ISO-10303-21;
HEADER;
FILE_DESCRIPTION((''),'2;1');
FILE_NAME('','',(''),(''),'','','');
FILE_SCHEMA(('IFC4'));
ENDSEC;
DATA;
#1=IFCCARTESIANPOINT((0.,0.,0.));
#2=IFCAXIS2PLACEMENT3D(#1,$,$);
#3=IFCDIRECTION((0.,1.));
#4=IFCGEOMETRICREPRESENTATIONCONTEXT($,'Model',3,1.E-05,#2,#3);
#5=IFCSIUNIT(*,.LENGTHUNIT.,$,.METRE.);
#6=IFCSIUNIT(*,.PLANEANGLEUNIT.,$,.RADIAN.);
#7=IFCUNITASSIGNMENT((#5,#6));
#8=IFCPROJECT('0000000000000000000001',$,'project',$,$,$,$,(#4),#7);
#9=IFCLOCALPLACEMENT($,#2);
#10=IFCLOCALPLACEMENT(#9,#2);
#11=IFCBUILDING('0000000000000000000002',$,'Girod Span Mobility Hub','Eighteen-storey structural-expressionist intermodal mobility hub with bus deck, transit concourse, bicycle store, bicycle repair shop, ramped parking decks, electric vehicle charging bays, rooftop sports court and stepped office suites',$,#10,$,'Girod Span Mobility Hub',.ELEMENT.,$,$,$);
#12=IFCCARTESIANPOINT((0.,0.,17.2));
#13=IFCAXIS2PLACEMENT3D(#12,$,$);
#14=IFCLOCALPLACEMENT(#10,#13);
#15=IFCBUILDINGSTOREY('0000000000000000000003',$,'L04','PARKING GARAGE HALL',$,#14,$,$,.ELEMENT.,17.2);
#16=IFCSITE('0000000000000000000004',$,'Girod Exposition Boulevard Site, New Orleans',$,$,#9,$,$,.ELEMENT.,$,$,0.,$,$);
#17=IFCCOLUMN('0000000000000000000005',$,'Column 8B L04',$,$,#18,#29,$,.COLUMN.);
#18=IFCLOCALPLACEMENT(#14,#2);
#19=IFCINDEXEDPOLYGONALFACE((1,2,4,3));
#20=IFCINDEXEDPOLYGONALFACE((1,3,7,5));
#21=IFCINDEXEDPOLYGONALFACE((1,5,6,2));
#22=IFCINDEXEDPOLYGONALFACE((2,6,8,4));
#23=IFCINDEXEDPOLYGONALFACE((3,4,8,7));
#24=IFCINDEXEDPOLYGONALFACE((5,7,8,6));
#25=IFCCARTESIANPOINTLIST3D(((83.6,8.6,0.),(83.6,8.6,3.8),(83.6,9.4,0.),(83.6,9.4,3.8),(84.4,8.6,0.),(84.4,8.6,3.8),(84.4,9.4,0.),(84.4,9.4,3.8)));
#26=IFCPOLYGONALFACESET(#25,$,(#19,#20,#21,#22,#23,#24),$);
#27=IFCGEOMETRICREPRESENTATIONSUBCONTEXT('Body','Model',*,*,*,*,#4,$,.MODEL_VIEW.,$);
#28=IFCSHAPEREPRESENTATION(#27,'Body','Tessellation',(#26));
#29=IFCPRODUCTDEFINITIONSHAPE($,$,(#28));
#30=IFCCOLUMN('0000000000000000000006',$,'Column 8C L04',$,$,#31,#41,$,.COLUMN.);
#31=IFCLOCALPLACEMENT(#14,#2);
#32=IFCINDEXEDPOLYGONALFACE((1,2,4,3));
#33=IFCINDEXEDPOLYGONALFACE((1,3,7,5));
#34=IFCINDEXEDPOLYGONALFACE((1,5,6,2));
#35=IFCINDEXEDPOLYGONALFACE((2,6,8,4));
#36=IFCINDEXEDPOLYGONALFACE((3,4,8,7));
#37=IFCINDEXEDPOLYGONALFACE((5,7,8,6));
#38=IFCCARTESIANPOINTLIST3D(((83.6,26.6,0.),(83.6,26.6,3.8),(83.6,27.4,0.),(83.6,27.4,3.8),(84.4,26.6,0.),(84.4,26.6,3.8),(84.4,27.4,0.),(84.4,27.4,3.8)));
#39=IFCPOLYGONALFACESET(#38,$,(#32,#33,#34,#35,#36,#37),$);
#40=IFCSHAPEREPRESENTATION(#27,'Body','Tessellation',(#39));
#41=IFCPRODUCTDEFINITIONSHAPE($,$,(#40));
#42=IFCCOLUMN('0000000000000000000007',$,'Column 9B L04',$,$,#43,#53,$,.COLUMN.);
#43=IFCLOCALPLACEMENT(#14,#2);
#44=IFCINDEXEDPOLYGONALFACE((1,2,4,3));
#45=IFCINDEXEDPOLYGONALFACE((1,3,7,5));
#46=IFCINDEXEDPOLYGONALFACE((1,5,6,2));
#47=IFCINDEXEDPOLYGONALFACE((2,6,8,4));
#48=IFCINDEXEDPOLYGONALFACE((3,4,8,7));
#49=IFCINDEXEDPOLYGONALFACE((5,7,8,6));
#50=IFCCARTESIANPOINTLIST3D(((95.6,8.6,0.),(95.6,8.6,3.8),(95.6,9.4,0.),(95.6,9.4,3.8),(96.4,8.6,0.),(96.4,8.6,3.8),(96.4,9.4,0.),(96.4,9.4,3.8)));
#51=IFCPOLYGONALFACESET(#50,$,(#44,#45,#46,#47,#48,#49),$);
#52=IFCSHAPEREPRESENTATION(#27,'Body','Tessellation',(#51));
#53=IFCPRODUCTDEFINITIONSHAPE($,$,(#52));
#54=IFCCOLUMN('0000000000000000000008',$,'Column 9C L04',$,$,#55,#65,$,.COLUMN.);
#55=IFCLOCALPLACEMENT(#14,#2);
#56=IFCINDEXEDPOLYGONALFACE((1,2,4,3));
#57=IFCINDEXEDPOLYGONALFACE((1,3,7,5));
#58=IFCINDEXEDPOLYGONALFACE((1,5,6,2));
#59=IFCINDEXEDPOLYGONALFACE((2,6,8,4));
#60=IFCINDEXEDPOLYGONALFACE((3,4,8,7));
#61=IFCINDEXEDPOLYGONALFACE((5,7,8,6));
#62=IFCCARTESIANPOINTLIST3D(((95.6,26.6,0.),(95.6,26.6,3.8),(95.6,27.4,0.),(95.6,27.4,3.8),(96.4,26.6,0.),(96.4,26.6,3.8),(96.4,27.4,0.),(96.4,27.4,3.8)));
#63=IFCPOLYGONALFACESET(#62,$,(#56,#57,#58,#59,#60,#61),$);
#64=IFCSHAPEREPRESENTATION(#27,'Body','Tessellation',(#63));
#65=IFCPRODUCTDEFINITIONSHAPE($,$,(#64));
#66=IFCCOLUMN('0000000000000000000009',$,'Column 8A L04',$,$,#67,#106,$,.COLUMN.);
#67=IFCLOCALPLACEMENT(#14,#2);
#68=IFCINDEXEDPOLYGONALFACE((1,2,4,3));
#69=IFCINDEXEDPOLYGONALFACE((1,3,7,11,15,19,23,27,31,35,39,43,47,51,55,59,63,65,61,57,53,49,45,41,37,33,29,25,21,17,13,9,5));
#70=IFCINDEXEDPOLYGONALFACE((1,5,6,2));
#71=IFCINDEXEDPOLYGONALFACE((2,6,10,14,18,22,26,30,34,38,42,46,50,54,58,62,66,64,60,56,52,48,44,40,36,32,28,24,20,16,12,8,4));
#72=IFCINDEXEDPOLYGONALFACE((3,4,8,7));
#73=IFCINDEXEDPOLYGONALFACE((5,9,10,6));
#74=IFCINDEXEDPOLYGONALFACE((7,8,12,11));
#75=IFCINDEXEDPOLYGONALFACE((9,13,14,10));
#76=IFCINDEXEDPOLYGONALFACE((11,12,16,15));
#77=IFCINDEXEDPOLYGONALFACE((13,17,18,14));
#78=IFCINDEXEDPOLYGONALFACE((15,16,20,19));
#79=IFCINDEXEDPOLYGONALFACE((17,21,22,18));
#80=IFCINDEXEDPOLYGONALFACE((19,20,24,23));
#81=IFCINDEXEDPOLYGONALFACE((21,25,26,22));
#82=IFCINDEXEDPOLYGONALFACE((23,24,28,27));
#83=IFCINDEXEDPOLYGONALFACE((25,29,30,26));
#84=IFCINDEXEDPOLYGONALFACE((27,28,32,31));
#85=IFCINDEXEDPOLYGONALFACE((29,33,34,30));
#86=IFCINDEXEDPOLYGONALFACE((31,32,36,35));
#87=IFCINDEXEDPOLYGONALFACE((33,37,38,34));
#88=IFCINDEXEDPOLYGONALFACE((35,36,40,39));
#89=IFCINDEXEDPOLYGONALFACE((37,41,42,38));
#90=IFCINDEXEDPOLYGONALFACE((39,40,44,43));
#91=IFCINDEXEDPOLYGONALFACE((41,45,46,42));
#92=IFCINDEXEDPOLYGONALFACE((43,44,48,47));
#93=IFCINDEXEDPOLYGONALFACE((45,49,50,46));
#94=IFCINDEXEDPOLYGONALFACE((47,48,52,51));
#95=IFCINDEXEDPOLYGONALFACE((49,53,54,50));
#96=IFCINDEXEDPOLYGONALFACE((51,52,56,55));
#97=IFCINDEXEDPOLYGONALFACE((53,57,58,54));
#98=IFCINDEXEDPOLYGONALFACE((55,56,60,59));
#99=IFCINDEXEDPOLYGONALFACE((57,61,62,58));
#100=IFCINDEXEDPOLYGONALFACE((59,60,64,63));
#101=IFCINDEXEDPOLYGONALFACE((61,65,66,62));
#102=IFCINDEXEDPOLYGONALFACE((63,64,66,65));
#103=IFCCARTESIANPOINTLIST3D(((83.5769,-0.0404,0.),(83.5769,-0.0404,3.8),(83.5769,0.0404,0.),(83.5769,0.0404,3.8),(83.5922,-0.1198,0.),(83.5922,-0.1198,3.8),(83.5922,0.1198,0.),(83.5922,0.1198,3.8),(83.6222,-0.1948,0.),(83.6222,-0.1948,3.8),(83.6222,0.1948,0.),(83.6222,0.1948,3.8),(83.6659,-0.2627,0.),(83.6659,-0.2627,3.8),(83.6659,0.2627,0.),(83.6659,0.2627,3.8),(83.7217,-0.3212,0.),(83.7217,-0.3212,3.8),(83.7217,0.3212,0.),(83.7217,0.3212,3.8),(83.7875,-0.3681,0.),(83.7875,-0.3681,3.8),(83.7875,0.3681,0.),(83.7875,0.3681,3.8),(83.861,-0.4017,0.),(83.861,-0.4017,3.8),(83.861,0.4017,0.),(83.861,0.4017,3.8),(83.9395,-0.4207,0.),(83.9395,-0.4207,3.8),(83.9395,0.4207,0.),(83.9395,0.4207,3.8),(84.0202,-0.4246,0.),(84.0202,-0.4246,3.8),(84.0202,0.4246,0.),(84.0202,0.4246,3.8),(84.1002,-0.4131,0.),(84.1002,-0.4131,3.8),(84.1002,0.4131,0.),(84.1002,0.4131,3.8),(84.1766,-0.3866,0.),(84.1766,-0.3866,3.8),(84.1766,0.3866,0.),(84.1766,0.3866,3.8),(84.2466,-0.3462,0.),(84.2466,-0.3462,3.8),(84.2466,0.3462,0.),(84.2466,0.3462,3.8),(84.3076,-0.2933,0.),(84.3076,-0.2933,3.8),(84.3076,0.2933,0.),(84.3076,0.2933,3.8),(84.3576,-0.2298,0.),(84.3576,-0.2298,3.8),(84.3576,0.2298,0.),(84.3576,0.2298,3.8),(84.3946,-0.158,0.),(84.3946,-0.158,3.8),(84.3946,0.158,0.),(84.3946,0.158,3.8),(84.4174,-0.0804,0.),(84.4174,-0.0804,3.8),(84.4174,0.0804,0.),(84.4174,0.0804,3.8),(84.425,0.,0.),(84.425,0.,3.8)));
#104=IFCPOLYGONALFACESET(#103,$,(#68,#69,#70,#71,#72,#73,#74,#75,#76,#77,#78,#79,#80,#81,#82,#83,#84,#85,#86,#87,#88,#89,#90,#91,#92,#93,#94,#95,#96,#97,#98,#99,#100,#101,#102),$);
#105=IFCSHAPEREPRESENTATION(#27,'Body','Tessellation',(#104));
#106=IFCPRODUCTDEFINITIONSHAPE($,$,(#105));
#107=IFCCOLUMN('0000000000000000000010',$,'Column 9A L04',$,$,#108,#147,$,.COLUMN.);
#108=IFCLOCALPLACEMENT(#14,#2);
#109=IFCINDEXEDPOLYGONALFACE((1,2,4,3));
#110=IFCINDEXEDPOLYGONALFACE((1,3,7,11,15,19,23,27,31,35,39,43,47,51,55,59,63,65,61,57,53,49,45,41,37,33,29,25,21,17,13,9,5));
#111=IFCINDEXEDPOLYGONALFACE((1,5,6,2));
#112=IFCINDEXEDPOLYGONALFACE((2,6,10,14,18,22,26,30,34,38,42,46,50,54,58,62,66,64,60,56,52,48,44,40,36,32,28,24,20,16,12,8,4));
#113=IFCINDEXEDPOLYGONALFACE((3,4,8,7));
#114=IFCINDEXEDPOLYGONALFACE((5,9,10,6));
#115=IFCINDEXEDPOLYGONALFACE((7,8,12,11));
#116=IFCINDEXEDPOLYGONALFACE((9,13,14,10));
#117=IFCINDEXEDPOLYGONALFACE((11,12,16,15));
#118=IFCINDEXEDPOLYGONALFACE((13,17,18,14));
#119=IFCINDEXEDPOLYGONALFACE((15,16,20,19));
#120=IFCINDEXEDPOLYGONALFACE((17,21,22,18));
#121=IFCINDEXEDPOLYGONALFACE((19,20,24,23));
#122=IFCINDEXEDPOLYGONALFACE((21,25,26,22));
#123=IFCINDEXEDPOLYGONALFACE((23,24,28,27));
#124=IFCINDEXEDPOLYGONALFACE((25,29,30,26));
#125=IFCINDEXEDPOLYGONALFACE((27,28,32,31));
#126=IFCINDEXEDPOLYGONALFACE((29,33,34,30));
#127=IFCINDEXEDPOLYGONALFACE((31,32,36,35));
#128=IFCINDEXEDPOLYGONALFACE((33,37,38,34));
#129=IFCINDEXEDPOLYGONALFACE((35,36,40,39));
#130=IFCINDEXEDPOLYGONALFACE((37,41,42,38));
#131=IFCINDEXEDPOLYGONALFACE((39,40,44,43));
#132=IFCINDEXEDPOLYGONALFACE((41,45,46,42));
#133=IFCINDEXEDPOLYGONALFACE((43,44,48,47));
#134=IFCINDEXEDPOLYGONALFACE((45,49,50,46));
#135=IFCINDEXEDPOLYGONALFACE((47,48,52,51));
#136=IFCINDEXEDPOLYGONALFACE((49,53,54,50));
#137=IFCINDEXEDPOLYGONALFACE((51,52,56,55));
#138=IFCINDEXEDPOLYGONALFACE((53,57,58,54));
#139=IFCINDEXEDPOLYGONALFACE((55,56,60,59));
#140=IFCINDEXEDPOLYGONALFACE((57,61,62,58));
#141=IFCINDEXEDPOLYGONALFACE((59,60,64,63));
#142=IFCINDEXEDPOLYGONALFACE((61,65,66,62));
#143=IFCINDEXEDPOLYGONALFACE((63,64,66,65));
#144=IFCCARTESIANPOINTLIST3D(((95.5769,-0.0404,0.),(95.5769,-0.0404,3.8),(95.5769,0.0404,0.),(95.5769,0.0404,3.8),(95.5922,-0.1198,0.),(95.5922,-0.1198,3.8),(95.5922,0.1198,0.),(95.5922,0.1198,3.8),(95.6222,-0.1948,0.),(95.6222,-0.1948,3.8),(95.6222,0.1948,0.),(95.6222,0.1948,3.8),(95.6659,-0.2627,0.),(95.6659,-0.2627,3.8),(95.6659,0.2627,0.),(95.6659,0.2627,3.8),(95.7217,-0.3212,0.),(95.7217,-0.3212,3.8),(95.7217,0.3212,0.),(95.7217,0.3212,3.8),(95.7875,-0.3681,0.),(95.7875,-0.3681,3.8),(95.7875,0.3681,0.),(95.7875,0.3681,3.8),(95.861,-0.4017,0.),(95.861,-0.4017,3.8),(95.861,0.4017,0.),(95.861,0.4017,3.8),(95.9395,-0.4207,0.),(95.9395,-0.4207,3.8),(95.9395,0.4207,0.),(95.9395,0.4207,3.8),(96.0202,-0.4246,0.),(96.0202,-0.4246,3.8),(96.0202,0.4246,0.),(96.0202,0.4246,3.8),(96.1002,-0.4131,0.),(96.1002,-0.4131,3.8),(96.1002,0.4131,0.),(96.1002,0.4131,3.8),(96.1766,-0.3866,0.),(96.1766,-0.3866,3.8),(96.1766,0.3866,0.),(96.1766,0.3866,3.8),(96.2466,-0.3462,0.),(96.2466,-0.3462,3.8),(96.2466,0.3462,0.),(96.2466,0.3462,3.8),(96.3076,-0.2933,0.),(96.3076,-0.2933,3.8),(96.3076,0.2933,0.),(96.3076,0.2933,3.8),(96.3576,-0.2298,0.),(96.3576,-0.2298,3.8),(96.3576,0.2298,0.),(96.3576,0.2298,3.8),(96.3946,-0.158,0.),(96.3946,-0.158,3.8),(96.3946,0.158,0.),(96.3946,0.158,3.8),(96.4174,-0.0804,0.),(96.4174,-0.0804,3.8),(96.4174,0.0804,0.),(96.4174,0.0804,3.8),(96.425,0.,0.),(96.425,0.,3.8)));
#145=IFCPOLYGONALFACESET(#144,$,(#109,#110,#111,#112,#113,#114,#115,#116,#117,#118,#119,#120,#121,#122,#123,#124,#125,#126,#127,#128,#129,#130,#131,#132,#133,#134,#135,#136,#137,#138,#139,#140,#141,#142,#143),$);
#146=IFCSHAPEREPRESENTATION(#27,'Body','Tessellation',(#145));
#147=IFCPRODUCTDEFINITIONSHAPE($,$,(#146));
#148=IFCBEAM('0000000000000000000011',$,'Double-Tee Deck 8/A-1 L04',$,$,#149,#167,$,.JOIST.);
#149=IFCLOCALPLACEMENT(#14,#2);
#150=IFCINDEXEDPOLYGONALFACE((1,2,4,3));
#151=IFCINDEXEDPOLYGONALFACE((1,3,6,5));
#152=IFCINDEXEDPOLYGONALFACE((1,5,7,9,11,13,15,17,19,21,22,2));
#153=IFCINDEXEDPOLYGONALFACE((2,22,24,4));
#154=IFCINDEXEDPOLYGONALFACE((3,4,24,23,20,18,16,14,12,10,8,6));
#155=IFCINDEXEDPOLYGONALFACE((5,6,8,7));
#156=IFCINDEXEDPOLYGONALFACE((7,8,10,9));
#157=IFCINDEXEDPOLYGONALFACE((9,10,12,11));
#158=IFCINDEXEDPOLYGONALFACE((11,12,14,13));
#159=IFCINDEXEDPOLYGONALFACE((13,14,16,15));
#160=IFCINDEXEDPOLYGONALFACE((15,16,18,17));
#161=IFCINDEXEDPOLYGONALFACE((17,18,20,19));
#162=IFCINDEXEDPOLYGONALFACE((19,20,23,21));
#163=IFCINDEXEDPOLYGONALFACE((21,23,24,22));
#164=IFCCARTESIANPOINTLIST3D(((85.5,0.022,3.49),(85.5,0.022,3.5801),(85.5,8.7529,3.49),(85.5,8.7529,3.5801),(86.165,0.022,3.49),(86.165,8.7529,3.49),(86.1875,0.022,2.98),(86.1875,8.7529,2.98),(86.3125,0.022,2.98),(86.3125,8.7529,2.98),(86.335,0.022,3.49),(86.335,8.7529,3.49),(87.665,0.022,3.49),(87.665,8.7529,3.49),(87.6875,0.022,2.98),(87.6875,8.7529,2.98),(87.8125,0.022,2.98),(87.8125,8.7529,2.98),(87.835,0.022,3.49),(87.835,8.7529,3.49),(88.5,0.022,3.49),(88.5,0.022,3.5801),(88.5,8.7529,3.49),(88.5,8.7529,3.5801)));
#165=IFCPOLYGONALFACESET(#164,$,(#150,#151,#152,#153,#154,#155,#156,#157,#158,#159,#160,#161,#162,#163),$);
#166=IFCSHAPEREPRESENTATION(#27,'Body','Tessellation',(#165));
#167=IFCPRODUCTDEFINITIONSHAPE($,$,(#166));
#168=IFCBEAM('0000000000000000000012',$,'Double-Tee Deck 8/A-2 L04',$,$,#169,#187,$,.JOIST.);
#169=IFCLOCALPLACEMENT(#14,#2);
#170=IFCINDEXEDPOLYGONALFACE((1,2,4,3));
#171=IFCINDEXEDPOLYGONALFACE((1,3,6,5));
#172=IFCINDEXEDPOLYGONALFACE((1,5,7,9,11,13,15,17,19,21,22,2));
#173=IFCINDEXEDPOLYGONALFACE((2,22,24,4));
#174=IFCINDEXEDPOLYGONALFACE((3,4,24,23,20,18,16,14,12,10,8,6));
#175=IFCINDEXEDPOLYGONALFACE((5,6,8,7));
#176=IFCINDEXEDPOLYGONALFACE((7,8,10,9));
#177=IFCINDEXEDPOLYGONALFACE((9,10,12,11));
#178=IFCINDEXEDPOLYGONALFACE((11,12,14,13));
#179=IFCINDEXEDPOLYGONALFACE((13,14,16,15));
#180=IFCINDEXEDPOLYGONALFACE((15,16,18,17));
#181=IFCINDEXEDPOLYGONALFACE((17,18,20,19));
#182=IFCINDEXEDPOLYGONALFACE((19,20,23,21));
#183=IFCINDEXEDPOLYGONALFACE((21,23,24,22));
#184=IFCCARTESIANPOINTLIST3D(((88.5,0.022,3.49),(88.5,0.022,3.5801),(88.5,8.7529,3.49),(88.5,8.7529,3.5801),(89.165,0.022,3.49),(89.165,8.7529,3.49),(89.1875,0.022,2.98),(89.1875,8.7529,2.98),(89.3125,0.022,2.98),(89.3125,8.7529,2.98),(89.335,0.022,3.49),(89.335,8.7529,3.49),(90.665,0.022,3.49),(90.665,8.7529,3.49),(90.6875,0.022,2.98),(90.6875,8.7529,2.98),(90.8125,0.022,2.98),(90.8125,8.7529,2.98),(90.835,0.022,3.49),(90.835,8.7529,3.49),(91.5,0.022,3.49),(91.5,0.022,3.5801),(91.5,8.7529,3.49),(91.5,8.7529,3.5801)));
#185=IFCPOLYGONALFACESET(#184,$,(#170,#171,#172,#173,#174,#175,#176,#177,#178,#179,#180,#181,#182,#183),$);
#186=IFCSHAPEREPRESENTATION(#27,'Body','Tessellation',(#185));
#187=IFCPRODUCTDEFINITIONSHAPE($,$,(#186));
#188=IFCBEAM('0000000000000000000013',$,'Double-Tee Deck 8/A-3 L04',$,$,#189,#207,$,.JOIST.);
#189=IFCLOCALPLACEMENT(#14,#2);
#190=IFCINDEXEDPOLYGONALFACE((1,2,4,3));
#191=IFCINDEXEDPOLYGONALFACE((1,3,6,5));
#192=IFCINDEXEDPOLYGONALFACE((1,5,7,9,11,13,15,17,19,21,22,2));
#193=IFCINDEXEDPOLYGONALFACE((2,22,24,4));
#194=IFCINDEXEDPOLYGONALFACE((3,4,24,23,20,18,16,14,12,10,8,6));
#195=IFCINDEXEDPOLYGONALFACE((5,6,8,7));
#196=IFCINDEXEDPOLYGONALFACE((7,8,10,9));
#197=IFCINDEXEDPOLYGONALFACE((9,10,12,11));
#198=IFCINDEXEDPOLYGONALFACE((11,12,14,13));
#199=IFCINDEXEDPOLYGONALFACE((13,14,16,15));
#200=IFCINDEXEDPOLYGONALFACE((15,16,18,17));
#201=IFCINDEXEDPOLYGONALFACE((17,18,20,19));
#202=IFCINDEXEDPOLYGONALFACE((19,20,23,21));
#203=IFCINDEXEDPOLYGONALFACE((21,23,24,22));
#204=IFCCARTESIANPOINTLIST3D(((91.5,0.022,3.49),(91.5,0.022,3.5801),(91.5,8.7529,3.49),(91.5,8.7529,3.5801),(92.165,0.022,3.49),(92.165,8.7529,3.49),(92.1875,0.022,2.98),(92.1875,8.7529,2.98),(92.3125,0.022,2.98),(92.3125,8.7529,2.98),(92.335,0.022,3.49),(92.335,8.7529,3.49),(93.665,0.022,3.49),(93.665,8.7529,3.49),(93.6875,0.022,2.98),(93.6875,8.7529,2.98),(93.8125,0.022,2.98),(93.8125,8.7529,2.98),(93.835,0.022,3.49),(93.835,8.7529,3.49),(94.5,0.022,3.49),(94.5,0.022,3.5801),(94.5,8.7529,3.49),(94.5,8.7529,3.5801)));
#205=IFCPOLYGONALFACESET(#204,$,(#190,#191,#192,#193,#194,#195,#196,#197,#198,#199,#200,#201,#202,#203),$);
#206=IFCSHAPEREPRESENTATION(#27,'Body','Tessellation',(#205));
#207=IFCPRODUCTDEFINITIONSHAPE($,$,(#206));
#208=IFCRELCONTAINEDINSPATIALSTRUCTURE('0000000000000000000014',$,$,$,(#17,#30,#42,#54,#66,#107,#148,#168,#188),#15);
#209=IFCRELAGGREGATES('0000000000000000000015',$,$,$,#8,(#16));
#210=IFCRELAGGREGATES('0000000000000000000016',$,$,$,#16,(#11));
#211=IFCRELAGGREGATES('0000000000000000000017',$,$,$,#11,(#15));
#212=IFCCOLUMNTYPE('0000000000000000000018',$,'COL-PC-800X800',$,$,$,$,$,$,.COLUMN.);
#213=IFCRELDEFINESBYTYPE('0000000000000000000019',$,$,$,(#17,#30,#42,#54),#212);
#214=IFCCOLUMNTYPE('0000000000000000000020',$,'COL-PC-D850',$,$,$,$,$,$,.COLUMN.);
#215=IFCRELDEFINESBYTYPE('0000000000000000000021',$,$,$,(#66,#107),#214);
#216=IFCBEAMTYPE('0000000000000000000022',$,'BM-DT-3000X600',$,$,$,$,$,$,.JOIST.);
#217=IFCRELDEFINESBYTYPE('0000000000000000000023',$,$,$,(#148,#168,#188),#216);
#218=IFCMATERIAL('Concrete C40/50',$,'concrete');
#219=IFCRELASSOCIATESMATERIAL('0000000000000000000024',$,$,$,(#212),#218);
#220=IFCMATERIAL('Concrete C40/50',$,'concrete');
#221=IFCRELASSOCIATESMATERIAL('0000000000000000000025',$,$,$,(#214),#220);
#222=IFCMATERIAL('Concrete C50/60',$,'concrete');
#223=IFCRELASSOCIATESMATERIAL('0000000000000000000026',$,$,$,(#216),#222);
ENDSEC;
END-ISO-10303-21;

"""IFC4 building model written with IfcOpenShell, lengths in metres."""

from ifc_helpers import new_model, si_unit, direction, frame, origin, origin_2d, place, context, subcontext, project, spatial, polyline, rectangle, circle, outline, extrude, material, material_profile, profile_set, type_object, element, save


model = new_model("IFC4")

# Units and contexts
model_context = context("Model", 3, precision=1e-05, world=origin(), true_north=direction((0.0, 1.0)))
body_context = subcontext(model_context, "Body", "Model", "MODEL_VIEW")
ifc_project = project(units=[si_unit("LENGTHUNIT", "METRE"), si_unit("PLANEANGLEUNIT", "RADIAN")], contexts=[model_context])

# Site, building, storey
site_placement = place(None, origin())
site = spatial("IfcSite", under=ifc_project, at=site_placement, Name="Girod Exposition Boulevard Site, New Orleans", CompositionType="ELEMENT", RefElevation=0.0)
building_placement = place(site_placement, origin())
building = spatial("IfcBuilding", under=site, at=building_placement, Name="Girod Span Mobility Hub", Description="Eighteen-storey structural-expressionist intermodal mobility hub with bus deck, transit concourse, bicycle store, bicycle repair shop, ramped parking decks, electric vehicle charging bays, rooftop sports court and stepped office suites", LongName="Girod Span Mobility Hub", CompositionType="ELEMENT")
storey_placement = place(building_placement, frame((0.0, 0.0, 17.2)))
storey = spatial("IfcBuildingStorey", under=building, at=storey_placement, Name="L04", Description="PARKING GARAGE HALL", CompositionType="ELEMENT", Elevation=17.2)

# Columns
ifc_material_1 = material(Name="Concrete C40/50", Category="concrete")
ifc_material_profile_1 = material_profile(ifc_material_1, rectangle(XDim=0.8, YDim=0.8, at=origin_2d()), Name="PC-COL-800X800")
ifc_profile_set_1 = profile_set([ifc_material_profile_1], Name="Concrete C40/50")
column_type_1 = type_object("IfcColumnType", Name="COL-PC-800X800", PredefinedType="COLUMN", material=ifc_profile_set_1)
for number, where, z_axis, x_axis, name in (
    (1, (84.0, 9.0, 0.0), (0.0, 0.0, 1.0), (1.0, 0.0, 0.0), "Column 8B L04"),
    (2, (84.0, 27.0, 0.0), (0.0, 0.0, 1.0), (1.0, 0.0, 0.0), "Column 8C L04"),
    (3, (96.0, 9.0, 0.0), (0.0, 0.0, 1.0), (1.0, 0.0, 0.0), "Column 9B L04"),
    (4, (96.0, 27.0, 0.0), (0.0, 0.0, 1.0), (1.0, 0.0, 0.0), "Column 9C L04"),
):
    element("IfcColumn", number, at=place(storey_placement, frame(where, z_axis=z_axis, x_axis=x_axis)), inside=storey, type_object=column_type_1, Name=name, PredefinedType="COLUMN", context=body_context, shape_type="SweptSolid", body=[
        extrude(rectangle(XDim=0.8, YDim=0.8, at=origin_2d()), origin(), (0.0, 0.0, 1.0), 3.8),
    ])
ifc_material_2 = material(Name="Concrete C40/50", Category="concrete")
ifc_material_profile_2 = material_profile(ifc_material_2, circle(Radius=0.425, at=origin_2d()), Name="PC-CIR-D850")
ifc_profile_set_2 = profile_set([ifc_material_profile_2], Name="Concrete C40/50")
column_type_2 = type_object("IfcColumnType", Name="COL-PC-D850", PredefinedType="COLUMN", material=ifc_profile_set_2)
for number, where, z_axis, x_axis, name in (
    (5, (84.0, 0.0, 0.0), (0.0, 0.0, 1.0), (1.0, 0.0, 0.0), "Column 8A L04"),
    (6, (96.0, 0.0, 0.0), (0.0, 0.0, 1.0), (1.0, 0.0, 0.0), "Column 9A L04"),
):
    element("IfcColumn", number, at=place(storey_placement, frame(where, z_axis=z_axis, x_axis=x_axis)), inside=storey, type_object=column_type_2, Name=name, PredefinedType="COLUMN", context=body_context, shape_type="SweptSolid", body=[
        extrude(circle(Radius=0.425, at=origin_2d()), origin(), (0.0, 0.0, 1.0), 3.8),
    ])

# Beams
ifc_material_3 = material(Name="Concrete C50/60", Category="concrete")
ifc_material_profile_3 = material_profile(ifc_material_3, outline(polyline([(-1.5, 0.3), (-1.5, 0.21), (-0.835, 0.21), (-0.8125, -0.3), (-0.6875, -0.3), (-0.665, 0.21), (0.665, 0.21), (0.6875, -0.3), (0.8125, -0.3), (0.835, 0.21), (1.5, 0.21), (1.5, 0.3), (-1.5, 0.3)])), Name="DT-3000X600")
ifc_profile_set_3 = profile_set([ifc_material_profile_3], Name="Concrete C50/60")
beam_type_1 = type_object("IfcBeamType", Name="BM-DT-3000X600", PredefinedType="JOIST", material=ifc_profile_set_3)
for number, where, z_axis, x_axis, name in (
    (7, (87.0, 0.022, 3.28), (0.0, 1.0, 0.0), (-1.0, 0.0, 0.0), "Double-Tee Deck 8/A-1 L04"),
    (8, (90.0, 0.022, 3.28), (0.0, 1.0, 0.0), (-1.0, 0.0, 0.0), "Double-Tee Deck 8/A-2 L04"),
    (9, (93.0, 0.022, 3.28), (0.0, 1.0, 0.0), (-1.0, 0.0, 0.0), "Double-Tee Deck 8/A-3 L04"),
):
    element("IfcBeam", number, at=place(storey_placement, frame(where, z_axis=z_axis, x_axis=x_axis)), inside=storey, type_object=beam_type_1, Name=name, PredefinedType="JOIST", context=body_context, shape_type="SweptSolid", body=[
        extrude(outline(polyline([(-1.5, 0.3), (-1.5, 0.21), (-0.835, 0.21), (-0.8125, -0.3), (-0.6875, -0.3), (-0.665, 0.21), (0.665, 0.21), (0.6875, -0.3), (0.8125, -0.3), (0.835, 0.21), (1.5, 0.21), (1.5, 0.3), (-1.5, 0.3)])), origin(), (0.0, 0.0, 1.0), 8.731),
    ])

save(model, "model.ifc")
